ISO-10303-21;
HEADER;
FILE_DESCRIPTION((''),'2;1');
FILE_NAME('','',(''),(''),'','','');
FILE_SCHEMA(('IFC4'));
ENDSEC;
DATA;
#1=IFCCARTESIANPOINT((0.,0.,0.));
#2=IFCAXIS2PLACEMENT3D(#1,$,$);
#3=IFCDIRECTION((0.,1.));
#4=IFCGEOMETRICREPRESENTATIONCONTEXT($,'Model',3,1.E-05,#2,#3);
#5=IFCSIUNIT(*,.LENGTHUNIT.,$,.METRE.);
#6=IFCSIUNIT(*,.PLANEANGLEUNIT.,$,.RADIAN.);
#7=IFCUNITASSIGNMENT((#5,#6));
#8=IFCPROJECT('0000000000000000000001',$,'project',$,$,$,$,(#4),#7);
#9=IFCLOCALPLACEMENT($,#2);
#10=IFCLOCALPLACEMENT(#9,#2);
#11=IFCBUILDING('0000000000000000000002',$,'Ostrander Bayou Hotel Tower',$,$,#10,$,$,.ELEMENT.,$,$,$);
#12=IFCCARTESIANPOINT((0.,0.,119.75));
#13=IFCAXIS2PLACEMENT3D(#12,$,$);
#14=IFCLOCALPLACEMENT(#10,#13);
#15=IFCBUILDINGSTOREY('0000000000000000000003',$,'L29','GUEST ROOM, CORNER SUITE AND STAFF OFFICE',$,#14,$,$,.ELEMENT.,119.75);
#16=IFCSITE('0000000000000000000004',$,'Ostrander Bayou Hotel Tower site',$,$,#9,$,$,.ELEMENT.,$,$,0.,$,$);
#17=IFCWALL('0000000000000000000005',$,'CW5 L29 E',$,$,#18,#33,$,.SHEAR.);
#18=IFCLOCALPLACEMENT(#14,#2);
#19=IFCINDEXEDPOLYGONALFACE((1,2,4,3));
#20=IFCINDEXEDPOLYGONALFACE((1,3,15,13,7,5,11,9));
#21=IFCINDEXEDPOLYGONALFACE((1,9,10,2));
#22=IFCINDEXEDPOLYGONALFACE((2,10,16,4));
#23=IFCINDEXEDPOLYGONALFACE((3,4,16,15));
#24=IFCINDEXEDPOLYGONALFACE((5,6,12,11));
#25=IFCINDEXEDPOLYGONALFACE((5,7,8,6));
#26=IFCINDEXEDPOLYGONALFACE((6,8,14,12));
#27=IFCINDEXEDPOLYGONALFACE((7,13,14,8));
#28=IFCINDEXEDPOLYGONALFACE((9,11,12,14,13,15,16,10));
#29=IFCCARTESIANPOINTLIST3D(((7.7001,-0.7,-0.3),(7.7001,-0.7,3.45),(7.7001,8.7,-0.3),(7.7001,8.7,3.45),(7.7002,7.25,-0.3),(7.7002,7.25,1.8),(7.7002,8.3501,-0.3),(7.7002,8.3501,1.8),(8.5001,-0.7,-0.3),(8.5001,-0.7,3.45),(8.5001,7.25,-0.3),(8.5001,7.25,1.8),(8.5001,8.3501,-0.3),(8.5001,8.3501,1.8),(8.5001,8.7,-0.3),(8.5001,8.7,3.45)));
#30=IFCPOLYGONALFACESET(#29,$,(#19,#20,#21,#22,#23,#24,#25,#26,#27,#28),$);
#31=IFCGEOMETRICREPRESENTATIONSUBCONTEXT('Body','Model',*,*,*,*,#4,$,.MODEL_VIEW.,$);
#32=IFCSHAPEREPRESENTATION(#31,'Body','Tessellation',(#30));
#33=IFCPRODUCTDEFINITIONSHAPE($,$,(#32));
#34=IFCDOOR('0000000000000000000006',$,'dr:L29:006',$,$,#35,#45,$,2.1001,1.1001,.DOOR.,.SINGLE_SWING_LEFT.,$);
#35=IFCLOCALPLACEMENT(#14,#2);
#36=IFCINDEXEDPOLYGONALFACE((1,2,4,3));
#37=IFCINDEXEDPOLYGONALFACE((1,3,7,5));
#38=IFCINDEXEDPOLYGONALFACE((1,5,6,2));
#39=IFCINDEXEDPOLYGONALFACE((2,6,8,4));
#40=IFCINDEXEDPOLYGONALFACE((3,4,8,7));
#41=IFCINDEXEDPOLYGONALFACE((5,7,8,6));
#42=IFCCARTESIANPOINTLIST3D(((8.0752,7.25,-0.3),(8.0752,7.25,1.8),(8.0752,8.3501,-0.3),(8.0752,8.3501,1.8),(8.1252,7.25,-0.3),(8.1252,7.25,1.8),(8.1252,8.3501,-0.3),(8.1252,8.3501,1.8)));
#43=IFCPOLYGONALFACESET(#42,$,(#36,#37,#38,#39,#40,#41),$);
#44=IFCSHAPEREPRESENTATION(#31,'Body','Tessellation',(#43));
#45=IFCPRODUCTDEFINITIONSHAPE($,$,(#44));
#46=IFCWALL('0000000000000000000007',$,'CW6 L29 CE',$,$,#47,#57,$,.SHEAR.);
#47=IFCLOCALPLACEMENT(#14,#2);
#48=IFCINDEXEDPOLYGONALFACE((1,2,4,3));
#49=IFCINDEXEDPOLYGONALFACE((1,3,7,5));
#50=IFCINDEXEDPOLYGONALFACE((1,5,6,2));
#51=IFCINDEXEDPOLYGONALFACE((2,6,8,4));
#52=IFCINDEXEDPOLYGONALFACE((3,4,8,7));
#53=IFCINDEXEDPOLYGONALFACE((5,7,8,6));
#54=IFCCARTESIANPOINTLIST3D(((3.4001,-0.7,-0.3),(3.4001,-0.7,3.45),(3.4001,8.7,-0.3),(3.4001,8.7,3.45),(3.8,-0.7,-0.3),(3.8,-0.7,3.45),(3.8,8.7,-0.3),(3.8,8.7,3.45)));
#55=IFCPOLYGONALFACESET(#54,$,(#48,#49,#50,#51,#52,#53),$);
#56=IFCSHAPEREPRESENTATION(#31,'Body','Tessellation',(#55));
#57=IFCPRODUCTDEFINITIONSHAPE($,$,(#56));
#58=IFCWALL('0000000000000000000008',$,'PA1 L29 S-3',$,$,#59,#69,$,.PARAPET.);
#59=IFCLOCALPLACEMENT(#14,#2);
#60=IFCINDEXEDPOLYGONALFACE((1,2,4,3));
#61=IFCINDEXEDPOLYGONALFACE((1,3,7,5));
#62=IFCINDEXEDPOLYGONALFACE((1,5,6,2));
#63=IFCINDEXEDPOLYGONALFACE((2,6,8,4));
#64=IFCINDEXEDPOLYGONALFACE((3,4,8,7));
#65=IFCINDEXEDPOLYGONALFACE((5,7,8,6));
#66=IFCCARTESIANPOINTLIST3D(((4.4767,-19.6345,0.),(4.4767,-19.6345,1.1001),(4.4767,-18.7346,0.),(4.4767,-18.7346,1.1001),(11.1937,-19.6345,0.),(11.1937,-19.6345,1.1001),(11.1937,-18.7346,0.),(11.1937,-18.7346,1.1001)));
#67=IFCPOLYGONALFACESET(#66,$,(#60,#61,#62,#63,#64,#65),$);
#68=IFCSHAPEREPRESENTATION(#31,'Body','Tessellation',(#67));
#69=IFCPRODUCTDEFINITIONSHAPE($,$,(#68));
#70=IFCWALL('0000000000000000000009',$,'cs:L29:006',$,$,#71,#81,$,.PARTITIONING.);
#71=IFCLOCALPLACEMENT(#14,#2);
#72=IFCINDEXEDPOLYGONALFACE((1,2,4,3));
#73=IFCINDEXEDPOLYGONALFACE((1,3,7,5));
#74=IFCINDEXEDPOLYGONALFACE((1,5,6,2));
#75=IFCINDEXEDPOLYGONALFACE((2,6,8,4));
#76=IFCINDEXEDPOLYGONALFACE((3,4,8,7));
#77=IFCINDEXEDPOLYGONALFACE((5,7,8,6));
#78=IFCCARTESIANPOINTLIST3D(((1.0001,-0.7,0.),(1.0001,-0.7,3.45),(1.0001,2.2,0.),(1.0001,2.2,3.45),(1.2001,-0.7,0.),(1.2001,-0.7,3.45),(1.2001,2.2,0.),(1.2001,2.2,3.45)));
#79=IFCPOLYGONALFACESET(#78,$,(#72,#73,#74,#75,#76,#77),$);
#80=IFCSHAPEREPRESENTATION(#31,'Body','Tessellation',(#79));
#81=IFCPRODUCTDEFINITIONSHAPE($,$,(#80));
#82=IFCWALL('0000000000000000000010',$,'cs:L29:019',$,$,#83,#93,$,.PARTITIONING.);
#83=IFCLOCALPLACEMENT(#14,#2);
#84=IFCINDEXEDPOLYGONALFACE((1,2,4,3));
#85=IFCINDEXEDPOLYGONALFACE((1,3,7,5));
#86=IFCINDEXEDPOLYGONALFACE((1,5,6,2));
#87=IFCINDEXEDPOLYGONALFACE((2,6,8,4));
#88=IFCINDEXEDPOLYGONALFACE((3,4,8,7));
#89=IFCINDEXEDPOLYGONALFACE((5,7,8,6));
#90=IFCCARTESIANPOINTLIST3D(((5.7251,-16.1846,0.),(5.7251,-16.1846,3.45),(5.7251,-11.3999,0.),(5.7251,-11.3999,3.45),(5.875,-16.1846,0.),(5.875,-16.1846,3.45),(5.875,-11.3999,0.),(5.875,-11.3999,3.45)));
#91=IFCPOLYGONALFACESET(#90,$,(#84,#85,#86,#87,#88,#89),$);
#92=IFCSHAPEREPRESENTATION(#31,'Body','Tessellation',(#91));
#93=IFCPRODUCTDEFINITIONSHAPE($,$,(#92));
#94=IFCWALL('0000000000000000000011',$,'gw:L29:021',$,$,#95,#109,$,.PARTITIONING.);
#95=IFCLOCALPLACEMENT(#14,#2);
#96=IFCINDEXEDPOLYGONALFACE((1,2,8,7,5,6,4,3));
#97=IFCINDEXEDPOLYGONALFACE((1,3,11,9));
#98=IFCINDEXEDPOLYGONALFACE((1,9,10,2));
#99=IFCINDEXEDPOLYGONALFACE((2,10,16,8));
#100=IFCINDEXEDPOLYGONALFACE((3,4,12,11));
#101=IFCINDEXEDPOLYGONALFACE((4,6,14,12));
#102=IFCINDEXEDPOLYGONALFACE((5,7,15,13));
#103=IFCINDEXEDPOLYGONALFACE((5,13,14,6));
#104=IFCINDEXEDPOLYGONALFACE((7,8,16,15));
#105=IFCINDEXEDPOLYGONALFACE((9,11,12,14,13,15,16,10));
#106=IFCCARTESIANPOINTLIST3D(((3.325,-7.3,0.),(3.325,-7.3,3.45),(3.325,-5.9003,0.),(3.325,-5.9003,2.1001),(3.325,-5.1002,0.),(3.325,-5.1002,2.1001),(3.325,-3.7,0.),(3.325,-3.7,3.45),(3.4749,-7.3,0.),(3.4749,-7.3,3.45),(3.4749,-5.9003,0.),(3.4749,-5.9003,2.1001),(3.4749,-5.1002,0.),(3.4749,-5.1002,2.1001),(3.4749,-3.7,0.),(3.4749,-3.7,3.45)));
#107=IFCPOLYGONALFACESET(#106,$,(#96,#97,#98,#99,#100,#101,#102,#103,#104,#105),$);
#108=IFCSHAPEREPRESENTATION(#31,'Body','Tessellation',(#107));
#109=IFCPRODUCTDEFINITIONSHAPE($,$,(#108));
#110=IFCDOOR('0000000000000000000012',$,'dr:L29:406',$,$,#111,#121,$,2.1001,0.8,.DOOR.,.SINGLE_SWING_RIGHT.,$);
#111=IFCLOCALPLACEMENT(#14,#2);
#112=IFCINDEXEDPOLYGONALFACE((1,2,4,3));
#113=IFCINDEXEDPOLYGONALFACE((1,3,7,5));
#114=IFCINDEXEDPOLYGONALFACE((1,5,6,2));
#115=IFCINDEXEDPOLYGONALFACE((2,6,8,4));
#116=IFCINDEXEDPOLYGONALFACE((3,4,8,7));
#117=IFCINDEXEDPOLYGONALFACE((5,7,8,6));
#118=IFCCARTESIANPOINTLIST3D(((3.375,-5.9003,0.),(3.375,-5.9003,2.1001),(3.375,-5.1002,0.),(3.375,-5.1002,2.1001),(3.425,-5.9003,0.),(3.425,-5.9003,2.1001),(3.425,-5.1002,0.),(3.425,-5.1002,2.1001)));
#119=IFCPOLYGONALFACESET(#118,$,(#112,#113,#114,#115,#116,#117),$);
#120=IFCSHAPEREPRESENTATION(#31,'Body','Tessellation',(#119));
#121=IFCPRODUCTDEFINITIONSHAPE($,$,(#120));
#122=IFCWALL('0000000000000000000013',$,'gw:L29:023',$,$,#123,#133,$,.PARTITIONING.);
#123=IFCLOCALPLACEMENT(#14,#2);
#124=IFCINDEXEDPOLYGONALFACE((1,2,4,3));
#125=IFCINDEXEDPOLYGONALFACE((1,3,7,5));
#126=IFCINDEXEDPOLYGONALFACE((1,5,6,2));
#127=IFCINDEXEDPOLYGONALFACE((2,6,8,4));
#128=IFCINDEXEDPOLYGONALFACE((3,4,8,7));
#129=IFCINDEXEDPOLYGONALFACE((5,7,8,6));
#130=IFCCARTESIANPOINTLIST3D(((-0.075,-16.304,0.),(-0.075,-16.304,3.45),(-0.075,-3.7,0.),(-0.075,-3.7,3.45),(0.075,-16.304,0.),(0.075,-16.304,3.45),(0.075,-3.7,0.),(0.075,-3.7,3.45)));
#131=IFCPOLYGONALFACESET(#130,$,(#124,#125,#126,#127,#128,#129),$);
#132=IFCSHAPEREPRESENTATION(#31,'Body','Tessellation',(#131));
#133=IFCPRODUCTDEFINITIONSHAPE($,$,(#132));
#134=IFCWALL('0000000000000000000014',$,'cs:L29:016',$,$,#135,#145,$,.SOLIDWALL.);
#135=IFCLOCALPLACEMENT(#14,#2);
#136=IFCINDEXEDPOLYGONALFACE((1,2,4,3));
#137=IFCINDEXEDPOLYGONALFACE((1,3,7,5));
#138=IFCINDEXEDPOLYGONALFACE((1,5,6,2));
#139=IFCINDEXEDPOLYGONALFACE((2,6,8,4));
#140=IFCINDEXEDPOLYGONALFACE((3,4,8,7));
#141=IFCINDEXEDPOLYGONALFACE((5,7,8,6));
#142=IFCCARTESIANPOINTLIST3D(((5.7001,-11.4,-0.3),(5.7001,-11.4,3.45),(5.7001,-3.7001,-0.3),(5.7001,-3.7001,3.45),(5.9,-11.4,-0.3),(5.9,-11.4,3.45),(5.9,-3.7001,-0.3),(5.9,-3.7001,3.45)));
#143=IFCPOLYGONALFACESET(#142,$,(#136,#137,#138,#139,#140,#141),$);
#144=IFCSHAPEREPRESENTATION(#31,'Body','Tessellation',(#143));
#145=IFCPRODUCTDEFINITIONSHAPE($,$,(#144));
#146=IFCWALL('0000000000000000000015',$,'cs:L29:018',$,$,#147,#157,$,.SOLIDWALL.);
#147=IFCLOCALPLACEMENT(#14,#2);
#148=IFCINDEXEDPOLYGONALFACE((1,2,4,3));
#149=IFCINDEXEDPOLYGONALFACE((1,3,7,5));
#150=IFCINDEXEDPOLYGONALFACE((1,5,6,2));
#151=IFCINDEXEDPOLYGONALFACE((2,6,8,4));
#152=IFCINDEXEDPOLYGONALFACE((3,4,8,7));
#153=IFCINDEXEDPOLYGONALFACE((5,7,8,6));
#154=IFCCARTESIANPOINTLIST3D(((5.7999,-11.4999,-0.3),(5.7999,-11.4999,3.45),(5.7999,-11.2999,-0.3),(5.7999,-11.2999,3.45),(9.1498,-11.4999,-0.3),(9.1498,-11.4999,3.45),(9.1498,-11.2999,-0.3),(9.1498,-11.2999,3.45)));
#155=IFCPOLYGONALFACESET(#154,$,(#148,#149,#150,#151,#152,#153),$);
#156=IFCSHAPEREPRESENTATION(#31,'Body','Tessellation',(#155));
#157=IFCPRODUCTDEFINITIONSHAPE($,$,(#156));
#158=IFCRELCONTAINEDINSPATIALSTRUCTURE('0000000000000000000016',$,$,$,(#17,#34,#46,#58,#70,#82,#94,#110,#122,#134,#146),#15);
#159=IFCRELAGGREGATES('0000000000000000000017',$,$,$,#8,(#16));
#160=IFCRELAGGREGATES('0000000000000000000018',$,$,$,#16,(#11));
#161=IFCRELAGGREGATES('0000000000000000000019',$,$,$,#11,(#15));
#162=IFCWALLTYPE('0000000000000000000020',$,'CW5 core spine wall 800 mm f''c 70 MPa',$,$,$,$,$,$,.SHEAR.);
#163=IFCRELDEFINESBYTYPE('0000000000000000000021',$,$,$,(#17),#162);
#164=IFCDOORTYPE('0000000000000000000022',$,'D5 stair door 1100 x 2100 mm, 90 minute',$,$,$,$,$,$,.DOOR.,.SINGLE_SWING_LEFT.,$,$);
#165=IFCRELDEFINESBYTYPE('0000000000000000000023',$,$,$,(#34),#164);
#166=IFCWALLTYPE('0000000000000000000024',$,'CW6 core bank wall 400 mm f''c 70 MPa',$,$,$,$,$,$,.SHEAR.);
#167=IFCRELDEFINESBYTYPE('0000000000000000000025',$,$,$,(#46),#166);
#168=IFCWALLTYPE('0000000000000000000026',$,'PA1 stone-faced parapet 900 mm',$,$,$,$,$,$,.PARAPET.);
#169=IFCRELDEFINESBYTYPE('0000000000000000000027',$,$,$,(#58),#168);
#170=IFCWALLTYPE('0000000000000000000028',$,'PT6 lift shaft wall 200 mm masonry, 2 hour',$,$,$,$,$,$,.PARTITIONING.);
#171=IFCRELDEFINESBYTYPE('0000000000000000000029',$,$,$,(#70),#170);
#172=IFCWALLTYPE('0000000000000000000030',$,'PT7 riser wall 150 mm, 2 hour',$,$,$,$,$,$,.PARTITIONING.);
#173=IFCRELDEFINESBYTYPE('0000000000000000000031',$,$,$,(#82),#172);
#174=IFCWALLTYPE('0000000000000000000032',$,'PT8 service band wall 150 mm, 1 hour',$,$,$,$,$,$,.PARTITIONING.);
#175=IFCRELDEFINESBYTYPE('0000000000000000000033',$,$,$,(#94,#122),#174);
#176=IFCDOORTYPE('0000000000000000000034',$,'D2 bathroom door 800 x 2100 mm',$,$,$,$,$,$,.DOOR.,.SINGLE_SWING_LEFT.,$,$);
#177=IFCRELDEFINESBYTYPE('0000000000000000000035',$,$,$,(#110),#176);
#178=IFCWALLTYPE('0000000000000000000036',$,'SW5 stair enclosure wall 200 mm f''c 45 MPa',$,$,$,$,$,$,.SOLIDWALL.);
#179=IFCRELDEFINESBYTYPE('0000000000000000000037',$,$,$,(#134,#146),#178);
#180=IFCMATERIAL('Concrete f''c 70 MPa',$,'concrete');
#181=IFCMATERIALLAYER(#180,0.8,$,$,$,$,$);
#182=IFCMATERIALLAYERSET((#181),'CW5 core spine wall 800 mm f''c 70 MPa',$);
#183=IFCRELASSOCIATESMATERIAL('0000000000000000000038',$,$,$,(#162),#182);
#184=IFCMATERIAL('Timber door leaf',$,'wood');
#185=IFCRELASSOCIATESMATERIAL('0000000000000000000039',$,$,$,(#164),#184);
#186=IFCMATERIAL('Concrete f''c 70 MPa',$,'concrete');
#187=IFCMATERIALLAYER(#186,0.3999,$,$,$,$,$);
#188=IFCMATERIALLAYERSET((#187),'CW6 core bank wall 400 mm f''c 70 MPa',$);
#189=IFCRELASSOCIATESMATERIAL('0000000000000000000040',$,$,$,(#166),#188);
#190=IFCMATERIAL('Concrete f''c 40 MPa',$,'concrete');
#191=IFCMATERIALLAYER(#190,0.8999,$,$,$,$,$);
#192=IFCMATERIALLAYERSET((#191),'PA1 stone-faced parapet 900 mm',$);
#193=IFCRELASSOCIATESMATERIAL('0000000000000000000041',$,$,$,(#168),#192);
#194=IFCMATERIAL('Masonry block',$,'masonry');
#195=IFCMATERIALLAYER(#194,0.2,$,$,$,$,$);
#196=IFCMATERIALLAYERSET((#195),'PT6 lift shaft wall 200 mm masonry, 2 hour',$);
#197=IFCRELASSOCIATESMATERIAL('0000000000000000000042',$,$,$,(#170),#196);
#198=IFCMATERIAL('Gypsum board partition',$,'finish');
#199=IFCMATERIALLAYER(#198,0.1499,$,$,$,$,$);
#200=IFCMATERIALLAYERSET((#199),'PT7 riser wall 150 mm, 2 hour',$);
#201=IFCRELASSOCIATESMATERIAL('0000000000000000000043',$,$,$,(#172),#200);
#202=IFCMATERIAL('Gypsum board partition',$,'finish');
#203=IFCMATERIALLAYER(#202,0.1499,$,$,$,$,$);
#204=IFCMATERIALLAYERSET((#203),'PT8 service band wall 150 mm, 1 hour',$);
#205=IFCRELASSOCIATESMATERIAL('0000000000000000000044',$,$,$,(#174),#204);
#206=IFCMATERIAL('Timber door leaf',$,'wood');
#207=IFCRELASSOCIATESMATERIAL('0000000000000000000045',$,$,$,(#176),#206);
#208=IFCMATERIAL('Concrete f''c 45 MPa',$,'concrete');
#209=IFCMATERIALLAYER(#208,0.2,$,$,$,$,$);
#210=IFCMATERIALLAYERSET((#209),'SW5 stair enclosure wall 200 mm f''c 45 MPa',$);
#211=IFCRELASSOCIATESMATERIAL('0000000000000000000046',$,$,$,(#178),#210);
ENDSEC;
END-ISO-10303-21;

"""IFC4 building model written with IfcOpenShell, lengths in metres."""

from ifc_helpers import new_model, si_unit, direction, frame, frame_2d, origin, place, context, subcontext, project, spatial, rectangle, extrude, material, layer, layer_set, type_object, element, fill, save


model = new_model("IFC4")

# Units and contexts
model_context = context("Model", 3, precision=1e-05, world=origin(), true_north=direction((0.0, 1.0)))
body_context = subcontext(model_context, "Body", "Model", "MODEL_VIEW")
ifc_project = project(units=[si_unit("LENGTHUNIT", "METRE"), si_unit("PLANEANGLEUNIT", "RADIAN")], contexts=[model_context])

# Site, building, storey
site_placement = place(None, origin())
site = spatial("IfcSite", under=ifc_project, at=site_placement, Name="Ostrander Bayou Hotel Tower site", CompositionType="ELEMENT", RefElevation=0.0)
building_placement = place(site_placement, origin())
building = spatial("IfcBuilding", under=site, at=building_placement, Name="Ostrander Bayou Hotel Tower", CompositionType="ELEMENT")
storey_placement = place(building_placement, frame((0.0, 0.0, 119.75)))
storey = spatial("IfcBuildingStorey", under=building, at=storey_placement, Name="L29", Description="GUEST ROOM, CORNER SUITE AND STAFF OFFICE", CompositionType="ELEMENT", Elevation=119.75)

# Wall, opening, door
ifc_material_1 = material(Name="Concrete f'c 70 MPa", Category="concrete")
ifc_layer_1 = layer(ifc_material_1, 0.8)
ifc_layer_set_1 = layer_set([ifc_layer_1], Name="CW5 core spine wall 800 mm f'c 70 MPa")
wall_type_1 = type_object("IfcWallType", Name="CW5 core spine wall 800 mm f'c 70 MPa", PredefinedType="SHEAR", material=ifc_layer_set_1)
wall_1_placement = place(storey_placement, frame((8.1001, -0.7, -0.3), z_axis=(0.0, 0.0, 1.0), x_axis=(0.0, 1.0, 0.0)))
wall_1 = element("IfcWall", 1, at=wall_1_placement, inside=storey, type_object=wall_type_1, Name="CW5 L29 E", PredefinedType="SHEAR", context=body_context, shape_type="SweptSolid", body=[
    extrude(rectangle(XDim=9.3999, YDim=0.8, at=frame_2d((4.7, 0.0))), origin(), (0.0, 0.0, 1.0), 3.75),
])
opening_1_placement = place(wall_1_placement, frame((7.95, 0.0, 0.0)))
opening_1 = element("IfcOpeningElement", 2, at=opening_1_placement, cuts=wall_1, PredefinedType="OPENING", context=body_context, shape_type="SweptSolid", body=[
    extrude(rectangle(XDim=1.1001, YDim=2.1001, at=frame_2d((0.55, 1.05))), frame((0.0, 0.3999, 0.0), z_axis=(0.0, -1.0, 0.0), x_axis=(1.0, 0.0, 0.0)), (0.0, 0.0, 1.0), 0.8),
])
ifc_material_2 = material(Name="Timber door leaf", Category="wood")
door_type_1 = type_object("IfcDoorType", Name="D5 stair door 1100 x 2100 mm, 90 minute", OperationType="SINGLE_SWING_LEFT", PredefinedType="DOOR", material=ifc_material_2)
door_1_placement = place(opening_1_placement, origin())
door_1 = element("IfcDoor", 3, at=door_1_placement, inside=storey, type_object=door_type_1, Name="dr:L29:006", OperationType="SINGLE_SWING_LEFT", OverallHeight=2.1001, OverallWidth=1.1001, PredefinedType="DOOR", context=body_context, shape_type="SweptSolid", body=[
    extrude(rectangle(XDim=1.1001, YDim=2.1001, at=frame_2d((0.55, 1.05))), frame((0.0, 0.0249, 0.0), z_axis=(0.0, -1.0, 0.0), x_axis=(1.0, 0.0, 0.0)), (0.0, 0.0, 1.0), 0.05),
])
fill(opening_1, door_1)

# Walls
ifc_material_3 = material(Name="Concrete f'c 70 MPa", Category="concrete")
ifc_layer_2 = layer(ifc_material_3, 0.3999)
ifc_layer_set_2 = layer_set([ifc_layer_2], Name="CW6 core bank wall 400 mm f'c 70 MPa")
wall_type_2 = type_object("IfcWallType", Name="CW6 core bank wall 400 mm f'c 70 MPa", PredefinedType="SHEAR", material=ifc_layer_set_2)
wall_2_placement = place(storey_placement, frame((3.6001, -0.7, -0.3), z_axis=(0.0, 0.0, 1.0), x_axis=(0.0, 1.0, 0.0)))
element("IfcWall", 4, at=wall_2_placement, inside=storey, type_object=wall_type_2, Name="CW6 L29 CE", PredefinedType="SHEAR", context=body_context, shape_type="SweptSolid", body=[
    extrude(rectangle(XDim=9.3999, YDim=0.3999, at=frame_2d((4.7, 0.0))), origin(), (0.0, 0.0, 1.0), 3.75),
])
ifc_material_4 = material(Name="Concrete f'c 40 MPa", Category="concrete")
ifc_layer_3 = layer(ifc_material_4, 0.8999)
ifc_layer_set_3 = layer_set([ifc_layer_3], Name="PA1 stone-faced parapet 900 mm")
wall_type_3 = type_object("IfcWallType", Name="PA1 stone-faced parapet 900 mm", PredefinedType="PARAPET", material=ifc_layer_set_3)
wall_3_placement = place(storey_placement, frame((4.4768, -19.1846, 0.0), z_axis=(0.0, 0.0, 1.0), x_axis=(1.0, 0.0, 0.0)))
element("IfcWall", 5, at=wall_3_placement, inside=storey, type_object=wall_type_3, Name="PA1 L29 S-3", PredefinedType="PARAPET", context=body_context, shape_type="SweptSolid", body=[
    extrude(rectangle(XDim=6.717, YDim=0.8999, at=frame_2d((3.3584, 0.0))), origin(), (0.0, 0.0, 1.0), 1.1001),
])
ifc_material_5 = material(Name="Masonry block", Category="masonry")
ifc_layer_4 = layer(ifc_material_5, 0.2)
ifc_layer_set_4 = layer_set([ifc_layer_4], Name="PT6 lift shaft wall 200 mm masonry, 2 hour")
wall_type_4 = type_object("IfcWallType", Name="PT6 lift shaft wall 200 mm masonry, 2 hour", PredefinedType="PARTITIONING", material=ifc_layer_set_4)
wall_4_placement = place(storey_placement, frame((1.1001, -0.7, 0.0), z_axis=(0.0, 0.0, 1.0), x_axis=(0.0, 1.0, 0.0)))
element("IfcWall", 6, at=wall_4_placement, inside=storey, type_object=wall_type_4, Name="cs:L29:006", PredefinedType="PARTITIONING", context=body_context, shape_type="SweptSolid", body=[
    extrude(rectangle(XDim=2.8999, YDim=0.2, at=frame_2d((1.45, 0.0))), origin(), (0.0, 0.0, 1.0), 3.45),
])
ifc_material_6 = material(Name="Gypsum board partition", Category="finish")
ifc_layer_5 = layer(ifc_material_6, 0.1499)
ifc_layer_set_5 = layer_set([ifc_layer_5], Name="PT7 riser wall 150 mm, 2 hour")
wall_type_5 = type_object("IfcWallType", Name="PT7 riser wall 150 mm, 2 hour", PredefinedType="PARTITIONING", material=ifc_layer_set_5)
wall_5_placement = place(storey_placement, frame((5.8, -11.3999, 0.0), z_axis=(0.0, 0.0, 1.0), x_axis=(0.0, -1.0, 0.0)))
element("IfcWall", 7, at=wall_5_placement, inside=storey, type_object=wall_type_5, Name="cs:L29:019", PredefinedType="PARTITIONING", context=body_context, shape_type="SweptSolid", body=[
    extrude(rectangle(XDim=4.7847, YDim=0.1499, at=frame_2d((2.3923, 0.0))), origin(), (0.0, 0.0, 1.0), 3.45),
])

# Wall, opening, door
ifc_material_7 = material(Name="Gypsum board partition", Category="finish")
ifc_layer_6 = layer(ifc_material_7, 0.1499)
ifc_layer_set_6 = layer_set([ifc_layer_6], Name="PT8 service band wall 150 mm, 1 hour")
wall_type_6 = type_object("IfcWallType", Name="PT8 service band wall 150 mm, 1 hour", PredefinedType="PARTITIONING", material=ifc_layer_set_6)
wall_6_placement = place(storey_placement, frame((3.3999, -7.3, 0.0), z_axis=(0.0, 0.0, 1.0), x_axis=(0.0, 1.0, 0.0)))
wall_6 = element("IfcWall", 8, at=wall_6_placement, inside=storey, type_object=wall_type_6, Name="gw:L29:021", PredefinedType="PARTITIONING", context=body_context, shape_type="SweptSolid", body=[
    extrude(rectangle(XDim=3.6001, YDim=0.1499, at=frame_2d((1.8, 0.0))), origin(), (0.0, 0.0, 1.0), 3.45),
])
opening_2_placement = place(wall_6_placement, frame((1.3999, 0.0, 0.0)))
opening_2 = element("IfcOpeningElement", 9, at=opening_2_placement, cuts=wall_6, PredefinedType="OPENING", context=body_context, shape_type="SweptSolid", body=[
    extrude(rectangle(XDim=0.8, YDim=2.1001, at=frame_2d((0.3999, 1.05))), frame((0.0, 0.075, 0.0), z_axis=(0.0, -1.0, 0.0), x_axis=(1.0, 0.0, 0.0)), (0.0, 0.0, 1.0), 0.1499),
])
ifc_material_8 = material(Name="Timber door leaf", Category="wood")
door_type_2 = type_object("IfcDoorType", Name="D2 bathroom door 800 x 2100 mm", OperationType="SINGLE_SWING_LEFT", PredefinedType="DOOR", material=ifc_material_8)
door_2_placement = place(opening_2_placement, origin())
door_2 = element("IfcDoor", 10, at=door_2_placement, inside=storey, type_object=door_type_2, Name="dr:L29:406", OperationType="SINGLE_SWING_RIGHT", OverallHeight=2.1001, OverallWidth=0.8, PredefinedType="DOOR", context=body_context, shape_type="SweptSolid", body=[
    extrude(rectangle(XDim=0.8, YDim=2.1001, at=frame_2d((0.3999, 1.05))), frame((0.0, 0.0249, 0.0), z_axis=(0.0, -1.0, 0.0), x_axis=(1.0, 0.0, 0.0)), (0.0, 0.0, 1.0), 0.05),
])
fill(opening_2, door_2)

# Wall
wall_7_placement = place(storey_placement, frame((0.0, -16.304, 0.0), z_axis=(0.0, 0.0, 1.0), x_axis=(0.0, 1.0, 0.0)))
element("IfcWall", 11, at=wall_7_placement, inside=storey, type_object=wall_type_6, Name="gw:L29:023", PredefinedType="PARTITIONING", context=body_context, shape_type="SweptSolid", body=[
    extrude(rectangle(XDim=12.604, YDim=0.1499, at=frame_2d((6.302, 0.0))), origin(), (0.0, 0.0, 1.0), 3.45),
])

# Shared definitions
ifc_material_9 = material(Name="Concrete f'c 45 MPa", Category="concrete")
ifc_layer_7 = layer(ifc_material_9, 0.2)
ifc_layer_set_7 = layer_set([ifc_layer_7], Name="SW5 stair enclosure wall 200 mm f'c 45 MPa")
wall_type_7 = type_object("IfcWallType", Name="SW5 stair enclosure wall 200 mm f'c 45 MPa", PredefinedType="SOLIDWALL", material=ifc_layer_set_7)

# Walls
wall_8_placement = place(storey_placement, frame((5.8, -3.7, -0.3), z_axis=(0.0, 0.0, 1.0), x_axis=(0.0, -1.0, 0.0)))
element("IfcWall", 12, at=wall_8_placement, inside=storey, type_object=wall_type_7, Name="cs:L29:016", PredefinedType="SOLIDWALL", context=body_context, shape_type="SweptSolid", body=[
    extrude(rectangle(XDim=7.7, YDim=0.2, at=frame_2d((3.8501, 0.0))), origin(), (0.0, 0.0, 1.0), 3.75),
])
wall_9_placement = place(storey_placement, frame((5.8, -11.3999, -0.3), z_axis=(0.0, 0.0, 1.0), x_axis=(1.0, 0.0, 0.0)))
element("IfcWall", 13, at=wall_9_placement, inside=storey, type_object=wall_type_7, Name="cs:L29:018", PredefinedType="SOLIDWALL", context=body_context, shape_type="SweptSolid", body=[
    extrude(rectangle(XDim=3.3499, YDim=0.2, at=frame_2d((1.6748, 0.0))), origin(), (0.0, 0.0, 1.0), 3.75),
])

save(model, "model.ifc")
